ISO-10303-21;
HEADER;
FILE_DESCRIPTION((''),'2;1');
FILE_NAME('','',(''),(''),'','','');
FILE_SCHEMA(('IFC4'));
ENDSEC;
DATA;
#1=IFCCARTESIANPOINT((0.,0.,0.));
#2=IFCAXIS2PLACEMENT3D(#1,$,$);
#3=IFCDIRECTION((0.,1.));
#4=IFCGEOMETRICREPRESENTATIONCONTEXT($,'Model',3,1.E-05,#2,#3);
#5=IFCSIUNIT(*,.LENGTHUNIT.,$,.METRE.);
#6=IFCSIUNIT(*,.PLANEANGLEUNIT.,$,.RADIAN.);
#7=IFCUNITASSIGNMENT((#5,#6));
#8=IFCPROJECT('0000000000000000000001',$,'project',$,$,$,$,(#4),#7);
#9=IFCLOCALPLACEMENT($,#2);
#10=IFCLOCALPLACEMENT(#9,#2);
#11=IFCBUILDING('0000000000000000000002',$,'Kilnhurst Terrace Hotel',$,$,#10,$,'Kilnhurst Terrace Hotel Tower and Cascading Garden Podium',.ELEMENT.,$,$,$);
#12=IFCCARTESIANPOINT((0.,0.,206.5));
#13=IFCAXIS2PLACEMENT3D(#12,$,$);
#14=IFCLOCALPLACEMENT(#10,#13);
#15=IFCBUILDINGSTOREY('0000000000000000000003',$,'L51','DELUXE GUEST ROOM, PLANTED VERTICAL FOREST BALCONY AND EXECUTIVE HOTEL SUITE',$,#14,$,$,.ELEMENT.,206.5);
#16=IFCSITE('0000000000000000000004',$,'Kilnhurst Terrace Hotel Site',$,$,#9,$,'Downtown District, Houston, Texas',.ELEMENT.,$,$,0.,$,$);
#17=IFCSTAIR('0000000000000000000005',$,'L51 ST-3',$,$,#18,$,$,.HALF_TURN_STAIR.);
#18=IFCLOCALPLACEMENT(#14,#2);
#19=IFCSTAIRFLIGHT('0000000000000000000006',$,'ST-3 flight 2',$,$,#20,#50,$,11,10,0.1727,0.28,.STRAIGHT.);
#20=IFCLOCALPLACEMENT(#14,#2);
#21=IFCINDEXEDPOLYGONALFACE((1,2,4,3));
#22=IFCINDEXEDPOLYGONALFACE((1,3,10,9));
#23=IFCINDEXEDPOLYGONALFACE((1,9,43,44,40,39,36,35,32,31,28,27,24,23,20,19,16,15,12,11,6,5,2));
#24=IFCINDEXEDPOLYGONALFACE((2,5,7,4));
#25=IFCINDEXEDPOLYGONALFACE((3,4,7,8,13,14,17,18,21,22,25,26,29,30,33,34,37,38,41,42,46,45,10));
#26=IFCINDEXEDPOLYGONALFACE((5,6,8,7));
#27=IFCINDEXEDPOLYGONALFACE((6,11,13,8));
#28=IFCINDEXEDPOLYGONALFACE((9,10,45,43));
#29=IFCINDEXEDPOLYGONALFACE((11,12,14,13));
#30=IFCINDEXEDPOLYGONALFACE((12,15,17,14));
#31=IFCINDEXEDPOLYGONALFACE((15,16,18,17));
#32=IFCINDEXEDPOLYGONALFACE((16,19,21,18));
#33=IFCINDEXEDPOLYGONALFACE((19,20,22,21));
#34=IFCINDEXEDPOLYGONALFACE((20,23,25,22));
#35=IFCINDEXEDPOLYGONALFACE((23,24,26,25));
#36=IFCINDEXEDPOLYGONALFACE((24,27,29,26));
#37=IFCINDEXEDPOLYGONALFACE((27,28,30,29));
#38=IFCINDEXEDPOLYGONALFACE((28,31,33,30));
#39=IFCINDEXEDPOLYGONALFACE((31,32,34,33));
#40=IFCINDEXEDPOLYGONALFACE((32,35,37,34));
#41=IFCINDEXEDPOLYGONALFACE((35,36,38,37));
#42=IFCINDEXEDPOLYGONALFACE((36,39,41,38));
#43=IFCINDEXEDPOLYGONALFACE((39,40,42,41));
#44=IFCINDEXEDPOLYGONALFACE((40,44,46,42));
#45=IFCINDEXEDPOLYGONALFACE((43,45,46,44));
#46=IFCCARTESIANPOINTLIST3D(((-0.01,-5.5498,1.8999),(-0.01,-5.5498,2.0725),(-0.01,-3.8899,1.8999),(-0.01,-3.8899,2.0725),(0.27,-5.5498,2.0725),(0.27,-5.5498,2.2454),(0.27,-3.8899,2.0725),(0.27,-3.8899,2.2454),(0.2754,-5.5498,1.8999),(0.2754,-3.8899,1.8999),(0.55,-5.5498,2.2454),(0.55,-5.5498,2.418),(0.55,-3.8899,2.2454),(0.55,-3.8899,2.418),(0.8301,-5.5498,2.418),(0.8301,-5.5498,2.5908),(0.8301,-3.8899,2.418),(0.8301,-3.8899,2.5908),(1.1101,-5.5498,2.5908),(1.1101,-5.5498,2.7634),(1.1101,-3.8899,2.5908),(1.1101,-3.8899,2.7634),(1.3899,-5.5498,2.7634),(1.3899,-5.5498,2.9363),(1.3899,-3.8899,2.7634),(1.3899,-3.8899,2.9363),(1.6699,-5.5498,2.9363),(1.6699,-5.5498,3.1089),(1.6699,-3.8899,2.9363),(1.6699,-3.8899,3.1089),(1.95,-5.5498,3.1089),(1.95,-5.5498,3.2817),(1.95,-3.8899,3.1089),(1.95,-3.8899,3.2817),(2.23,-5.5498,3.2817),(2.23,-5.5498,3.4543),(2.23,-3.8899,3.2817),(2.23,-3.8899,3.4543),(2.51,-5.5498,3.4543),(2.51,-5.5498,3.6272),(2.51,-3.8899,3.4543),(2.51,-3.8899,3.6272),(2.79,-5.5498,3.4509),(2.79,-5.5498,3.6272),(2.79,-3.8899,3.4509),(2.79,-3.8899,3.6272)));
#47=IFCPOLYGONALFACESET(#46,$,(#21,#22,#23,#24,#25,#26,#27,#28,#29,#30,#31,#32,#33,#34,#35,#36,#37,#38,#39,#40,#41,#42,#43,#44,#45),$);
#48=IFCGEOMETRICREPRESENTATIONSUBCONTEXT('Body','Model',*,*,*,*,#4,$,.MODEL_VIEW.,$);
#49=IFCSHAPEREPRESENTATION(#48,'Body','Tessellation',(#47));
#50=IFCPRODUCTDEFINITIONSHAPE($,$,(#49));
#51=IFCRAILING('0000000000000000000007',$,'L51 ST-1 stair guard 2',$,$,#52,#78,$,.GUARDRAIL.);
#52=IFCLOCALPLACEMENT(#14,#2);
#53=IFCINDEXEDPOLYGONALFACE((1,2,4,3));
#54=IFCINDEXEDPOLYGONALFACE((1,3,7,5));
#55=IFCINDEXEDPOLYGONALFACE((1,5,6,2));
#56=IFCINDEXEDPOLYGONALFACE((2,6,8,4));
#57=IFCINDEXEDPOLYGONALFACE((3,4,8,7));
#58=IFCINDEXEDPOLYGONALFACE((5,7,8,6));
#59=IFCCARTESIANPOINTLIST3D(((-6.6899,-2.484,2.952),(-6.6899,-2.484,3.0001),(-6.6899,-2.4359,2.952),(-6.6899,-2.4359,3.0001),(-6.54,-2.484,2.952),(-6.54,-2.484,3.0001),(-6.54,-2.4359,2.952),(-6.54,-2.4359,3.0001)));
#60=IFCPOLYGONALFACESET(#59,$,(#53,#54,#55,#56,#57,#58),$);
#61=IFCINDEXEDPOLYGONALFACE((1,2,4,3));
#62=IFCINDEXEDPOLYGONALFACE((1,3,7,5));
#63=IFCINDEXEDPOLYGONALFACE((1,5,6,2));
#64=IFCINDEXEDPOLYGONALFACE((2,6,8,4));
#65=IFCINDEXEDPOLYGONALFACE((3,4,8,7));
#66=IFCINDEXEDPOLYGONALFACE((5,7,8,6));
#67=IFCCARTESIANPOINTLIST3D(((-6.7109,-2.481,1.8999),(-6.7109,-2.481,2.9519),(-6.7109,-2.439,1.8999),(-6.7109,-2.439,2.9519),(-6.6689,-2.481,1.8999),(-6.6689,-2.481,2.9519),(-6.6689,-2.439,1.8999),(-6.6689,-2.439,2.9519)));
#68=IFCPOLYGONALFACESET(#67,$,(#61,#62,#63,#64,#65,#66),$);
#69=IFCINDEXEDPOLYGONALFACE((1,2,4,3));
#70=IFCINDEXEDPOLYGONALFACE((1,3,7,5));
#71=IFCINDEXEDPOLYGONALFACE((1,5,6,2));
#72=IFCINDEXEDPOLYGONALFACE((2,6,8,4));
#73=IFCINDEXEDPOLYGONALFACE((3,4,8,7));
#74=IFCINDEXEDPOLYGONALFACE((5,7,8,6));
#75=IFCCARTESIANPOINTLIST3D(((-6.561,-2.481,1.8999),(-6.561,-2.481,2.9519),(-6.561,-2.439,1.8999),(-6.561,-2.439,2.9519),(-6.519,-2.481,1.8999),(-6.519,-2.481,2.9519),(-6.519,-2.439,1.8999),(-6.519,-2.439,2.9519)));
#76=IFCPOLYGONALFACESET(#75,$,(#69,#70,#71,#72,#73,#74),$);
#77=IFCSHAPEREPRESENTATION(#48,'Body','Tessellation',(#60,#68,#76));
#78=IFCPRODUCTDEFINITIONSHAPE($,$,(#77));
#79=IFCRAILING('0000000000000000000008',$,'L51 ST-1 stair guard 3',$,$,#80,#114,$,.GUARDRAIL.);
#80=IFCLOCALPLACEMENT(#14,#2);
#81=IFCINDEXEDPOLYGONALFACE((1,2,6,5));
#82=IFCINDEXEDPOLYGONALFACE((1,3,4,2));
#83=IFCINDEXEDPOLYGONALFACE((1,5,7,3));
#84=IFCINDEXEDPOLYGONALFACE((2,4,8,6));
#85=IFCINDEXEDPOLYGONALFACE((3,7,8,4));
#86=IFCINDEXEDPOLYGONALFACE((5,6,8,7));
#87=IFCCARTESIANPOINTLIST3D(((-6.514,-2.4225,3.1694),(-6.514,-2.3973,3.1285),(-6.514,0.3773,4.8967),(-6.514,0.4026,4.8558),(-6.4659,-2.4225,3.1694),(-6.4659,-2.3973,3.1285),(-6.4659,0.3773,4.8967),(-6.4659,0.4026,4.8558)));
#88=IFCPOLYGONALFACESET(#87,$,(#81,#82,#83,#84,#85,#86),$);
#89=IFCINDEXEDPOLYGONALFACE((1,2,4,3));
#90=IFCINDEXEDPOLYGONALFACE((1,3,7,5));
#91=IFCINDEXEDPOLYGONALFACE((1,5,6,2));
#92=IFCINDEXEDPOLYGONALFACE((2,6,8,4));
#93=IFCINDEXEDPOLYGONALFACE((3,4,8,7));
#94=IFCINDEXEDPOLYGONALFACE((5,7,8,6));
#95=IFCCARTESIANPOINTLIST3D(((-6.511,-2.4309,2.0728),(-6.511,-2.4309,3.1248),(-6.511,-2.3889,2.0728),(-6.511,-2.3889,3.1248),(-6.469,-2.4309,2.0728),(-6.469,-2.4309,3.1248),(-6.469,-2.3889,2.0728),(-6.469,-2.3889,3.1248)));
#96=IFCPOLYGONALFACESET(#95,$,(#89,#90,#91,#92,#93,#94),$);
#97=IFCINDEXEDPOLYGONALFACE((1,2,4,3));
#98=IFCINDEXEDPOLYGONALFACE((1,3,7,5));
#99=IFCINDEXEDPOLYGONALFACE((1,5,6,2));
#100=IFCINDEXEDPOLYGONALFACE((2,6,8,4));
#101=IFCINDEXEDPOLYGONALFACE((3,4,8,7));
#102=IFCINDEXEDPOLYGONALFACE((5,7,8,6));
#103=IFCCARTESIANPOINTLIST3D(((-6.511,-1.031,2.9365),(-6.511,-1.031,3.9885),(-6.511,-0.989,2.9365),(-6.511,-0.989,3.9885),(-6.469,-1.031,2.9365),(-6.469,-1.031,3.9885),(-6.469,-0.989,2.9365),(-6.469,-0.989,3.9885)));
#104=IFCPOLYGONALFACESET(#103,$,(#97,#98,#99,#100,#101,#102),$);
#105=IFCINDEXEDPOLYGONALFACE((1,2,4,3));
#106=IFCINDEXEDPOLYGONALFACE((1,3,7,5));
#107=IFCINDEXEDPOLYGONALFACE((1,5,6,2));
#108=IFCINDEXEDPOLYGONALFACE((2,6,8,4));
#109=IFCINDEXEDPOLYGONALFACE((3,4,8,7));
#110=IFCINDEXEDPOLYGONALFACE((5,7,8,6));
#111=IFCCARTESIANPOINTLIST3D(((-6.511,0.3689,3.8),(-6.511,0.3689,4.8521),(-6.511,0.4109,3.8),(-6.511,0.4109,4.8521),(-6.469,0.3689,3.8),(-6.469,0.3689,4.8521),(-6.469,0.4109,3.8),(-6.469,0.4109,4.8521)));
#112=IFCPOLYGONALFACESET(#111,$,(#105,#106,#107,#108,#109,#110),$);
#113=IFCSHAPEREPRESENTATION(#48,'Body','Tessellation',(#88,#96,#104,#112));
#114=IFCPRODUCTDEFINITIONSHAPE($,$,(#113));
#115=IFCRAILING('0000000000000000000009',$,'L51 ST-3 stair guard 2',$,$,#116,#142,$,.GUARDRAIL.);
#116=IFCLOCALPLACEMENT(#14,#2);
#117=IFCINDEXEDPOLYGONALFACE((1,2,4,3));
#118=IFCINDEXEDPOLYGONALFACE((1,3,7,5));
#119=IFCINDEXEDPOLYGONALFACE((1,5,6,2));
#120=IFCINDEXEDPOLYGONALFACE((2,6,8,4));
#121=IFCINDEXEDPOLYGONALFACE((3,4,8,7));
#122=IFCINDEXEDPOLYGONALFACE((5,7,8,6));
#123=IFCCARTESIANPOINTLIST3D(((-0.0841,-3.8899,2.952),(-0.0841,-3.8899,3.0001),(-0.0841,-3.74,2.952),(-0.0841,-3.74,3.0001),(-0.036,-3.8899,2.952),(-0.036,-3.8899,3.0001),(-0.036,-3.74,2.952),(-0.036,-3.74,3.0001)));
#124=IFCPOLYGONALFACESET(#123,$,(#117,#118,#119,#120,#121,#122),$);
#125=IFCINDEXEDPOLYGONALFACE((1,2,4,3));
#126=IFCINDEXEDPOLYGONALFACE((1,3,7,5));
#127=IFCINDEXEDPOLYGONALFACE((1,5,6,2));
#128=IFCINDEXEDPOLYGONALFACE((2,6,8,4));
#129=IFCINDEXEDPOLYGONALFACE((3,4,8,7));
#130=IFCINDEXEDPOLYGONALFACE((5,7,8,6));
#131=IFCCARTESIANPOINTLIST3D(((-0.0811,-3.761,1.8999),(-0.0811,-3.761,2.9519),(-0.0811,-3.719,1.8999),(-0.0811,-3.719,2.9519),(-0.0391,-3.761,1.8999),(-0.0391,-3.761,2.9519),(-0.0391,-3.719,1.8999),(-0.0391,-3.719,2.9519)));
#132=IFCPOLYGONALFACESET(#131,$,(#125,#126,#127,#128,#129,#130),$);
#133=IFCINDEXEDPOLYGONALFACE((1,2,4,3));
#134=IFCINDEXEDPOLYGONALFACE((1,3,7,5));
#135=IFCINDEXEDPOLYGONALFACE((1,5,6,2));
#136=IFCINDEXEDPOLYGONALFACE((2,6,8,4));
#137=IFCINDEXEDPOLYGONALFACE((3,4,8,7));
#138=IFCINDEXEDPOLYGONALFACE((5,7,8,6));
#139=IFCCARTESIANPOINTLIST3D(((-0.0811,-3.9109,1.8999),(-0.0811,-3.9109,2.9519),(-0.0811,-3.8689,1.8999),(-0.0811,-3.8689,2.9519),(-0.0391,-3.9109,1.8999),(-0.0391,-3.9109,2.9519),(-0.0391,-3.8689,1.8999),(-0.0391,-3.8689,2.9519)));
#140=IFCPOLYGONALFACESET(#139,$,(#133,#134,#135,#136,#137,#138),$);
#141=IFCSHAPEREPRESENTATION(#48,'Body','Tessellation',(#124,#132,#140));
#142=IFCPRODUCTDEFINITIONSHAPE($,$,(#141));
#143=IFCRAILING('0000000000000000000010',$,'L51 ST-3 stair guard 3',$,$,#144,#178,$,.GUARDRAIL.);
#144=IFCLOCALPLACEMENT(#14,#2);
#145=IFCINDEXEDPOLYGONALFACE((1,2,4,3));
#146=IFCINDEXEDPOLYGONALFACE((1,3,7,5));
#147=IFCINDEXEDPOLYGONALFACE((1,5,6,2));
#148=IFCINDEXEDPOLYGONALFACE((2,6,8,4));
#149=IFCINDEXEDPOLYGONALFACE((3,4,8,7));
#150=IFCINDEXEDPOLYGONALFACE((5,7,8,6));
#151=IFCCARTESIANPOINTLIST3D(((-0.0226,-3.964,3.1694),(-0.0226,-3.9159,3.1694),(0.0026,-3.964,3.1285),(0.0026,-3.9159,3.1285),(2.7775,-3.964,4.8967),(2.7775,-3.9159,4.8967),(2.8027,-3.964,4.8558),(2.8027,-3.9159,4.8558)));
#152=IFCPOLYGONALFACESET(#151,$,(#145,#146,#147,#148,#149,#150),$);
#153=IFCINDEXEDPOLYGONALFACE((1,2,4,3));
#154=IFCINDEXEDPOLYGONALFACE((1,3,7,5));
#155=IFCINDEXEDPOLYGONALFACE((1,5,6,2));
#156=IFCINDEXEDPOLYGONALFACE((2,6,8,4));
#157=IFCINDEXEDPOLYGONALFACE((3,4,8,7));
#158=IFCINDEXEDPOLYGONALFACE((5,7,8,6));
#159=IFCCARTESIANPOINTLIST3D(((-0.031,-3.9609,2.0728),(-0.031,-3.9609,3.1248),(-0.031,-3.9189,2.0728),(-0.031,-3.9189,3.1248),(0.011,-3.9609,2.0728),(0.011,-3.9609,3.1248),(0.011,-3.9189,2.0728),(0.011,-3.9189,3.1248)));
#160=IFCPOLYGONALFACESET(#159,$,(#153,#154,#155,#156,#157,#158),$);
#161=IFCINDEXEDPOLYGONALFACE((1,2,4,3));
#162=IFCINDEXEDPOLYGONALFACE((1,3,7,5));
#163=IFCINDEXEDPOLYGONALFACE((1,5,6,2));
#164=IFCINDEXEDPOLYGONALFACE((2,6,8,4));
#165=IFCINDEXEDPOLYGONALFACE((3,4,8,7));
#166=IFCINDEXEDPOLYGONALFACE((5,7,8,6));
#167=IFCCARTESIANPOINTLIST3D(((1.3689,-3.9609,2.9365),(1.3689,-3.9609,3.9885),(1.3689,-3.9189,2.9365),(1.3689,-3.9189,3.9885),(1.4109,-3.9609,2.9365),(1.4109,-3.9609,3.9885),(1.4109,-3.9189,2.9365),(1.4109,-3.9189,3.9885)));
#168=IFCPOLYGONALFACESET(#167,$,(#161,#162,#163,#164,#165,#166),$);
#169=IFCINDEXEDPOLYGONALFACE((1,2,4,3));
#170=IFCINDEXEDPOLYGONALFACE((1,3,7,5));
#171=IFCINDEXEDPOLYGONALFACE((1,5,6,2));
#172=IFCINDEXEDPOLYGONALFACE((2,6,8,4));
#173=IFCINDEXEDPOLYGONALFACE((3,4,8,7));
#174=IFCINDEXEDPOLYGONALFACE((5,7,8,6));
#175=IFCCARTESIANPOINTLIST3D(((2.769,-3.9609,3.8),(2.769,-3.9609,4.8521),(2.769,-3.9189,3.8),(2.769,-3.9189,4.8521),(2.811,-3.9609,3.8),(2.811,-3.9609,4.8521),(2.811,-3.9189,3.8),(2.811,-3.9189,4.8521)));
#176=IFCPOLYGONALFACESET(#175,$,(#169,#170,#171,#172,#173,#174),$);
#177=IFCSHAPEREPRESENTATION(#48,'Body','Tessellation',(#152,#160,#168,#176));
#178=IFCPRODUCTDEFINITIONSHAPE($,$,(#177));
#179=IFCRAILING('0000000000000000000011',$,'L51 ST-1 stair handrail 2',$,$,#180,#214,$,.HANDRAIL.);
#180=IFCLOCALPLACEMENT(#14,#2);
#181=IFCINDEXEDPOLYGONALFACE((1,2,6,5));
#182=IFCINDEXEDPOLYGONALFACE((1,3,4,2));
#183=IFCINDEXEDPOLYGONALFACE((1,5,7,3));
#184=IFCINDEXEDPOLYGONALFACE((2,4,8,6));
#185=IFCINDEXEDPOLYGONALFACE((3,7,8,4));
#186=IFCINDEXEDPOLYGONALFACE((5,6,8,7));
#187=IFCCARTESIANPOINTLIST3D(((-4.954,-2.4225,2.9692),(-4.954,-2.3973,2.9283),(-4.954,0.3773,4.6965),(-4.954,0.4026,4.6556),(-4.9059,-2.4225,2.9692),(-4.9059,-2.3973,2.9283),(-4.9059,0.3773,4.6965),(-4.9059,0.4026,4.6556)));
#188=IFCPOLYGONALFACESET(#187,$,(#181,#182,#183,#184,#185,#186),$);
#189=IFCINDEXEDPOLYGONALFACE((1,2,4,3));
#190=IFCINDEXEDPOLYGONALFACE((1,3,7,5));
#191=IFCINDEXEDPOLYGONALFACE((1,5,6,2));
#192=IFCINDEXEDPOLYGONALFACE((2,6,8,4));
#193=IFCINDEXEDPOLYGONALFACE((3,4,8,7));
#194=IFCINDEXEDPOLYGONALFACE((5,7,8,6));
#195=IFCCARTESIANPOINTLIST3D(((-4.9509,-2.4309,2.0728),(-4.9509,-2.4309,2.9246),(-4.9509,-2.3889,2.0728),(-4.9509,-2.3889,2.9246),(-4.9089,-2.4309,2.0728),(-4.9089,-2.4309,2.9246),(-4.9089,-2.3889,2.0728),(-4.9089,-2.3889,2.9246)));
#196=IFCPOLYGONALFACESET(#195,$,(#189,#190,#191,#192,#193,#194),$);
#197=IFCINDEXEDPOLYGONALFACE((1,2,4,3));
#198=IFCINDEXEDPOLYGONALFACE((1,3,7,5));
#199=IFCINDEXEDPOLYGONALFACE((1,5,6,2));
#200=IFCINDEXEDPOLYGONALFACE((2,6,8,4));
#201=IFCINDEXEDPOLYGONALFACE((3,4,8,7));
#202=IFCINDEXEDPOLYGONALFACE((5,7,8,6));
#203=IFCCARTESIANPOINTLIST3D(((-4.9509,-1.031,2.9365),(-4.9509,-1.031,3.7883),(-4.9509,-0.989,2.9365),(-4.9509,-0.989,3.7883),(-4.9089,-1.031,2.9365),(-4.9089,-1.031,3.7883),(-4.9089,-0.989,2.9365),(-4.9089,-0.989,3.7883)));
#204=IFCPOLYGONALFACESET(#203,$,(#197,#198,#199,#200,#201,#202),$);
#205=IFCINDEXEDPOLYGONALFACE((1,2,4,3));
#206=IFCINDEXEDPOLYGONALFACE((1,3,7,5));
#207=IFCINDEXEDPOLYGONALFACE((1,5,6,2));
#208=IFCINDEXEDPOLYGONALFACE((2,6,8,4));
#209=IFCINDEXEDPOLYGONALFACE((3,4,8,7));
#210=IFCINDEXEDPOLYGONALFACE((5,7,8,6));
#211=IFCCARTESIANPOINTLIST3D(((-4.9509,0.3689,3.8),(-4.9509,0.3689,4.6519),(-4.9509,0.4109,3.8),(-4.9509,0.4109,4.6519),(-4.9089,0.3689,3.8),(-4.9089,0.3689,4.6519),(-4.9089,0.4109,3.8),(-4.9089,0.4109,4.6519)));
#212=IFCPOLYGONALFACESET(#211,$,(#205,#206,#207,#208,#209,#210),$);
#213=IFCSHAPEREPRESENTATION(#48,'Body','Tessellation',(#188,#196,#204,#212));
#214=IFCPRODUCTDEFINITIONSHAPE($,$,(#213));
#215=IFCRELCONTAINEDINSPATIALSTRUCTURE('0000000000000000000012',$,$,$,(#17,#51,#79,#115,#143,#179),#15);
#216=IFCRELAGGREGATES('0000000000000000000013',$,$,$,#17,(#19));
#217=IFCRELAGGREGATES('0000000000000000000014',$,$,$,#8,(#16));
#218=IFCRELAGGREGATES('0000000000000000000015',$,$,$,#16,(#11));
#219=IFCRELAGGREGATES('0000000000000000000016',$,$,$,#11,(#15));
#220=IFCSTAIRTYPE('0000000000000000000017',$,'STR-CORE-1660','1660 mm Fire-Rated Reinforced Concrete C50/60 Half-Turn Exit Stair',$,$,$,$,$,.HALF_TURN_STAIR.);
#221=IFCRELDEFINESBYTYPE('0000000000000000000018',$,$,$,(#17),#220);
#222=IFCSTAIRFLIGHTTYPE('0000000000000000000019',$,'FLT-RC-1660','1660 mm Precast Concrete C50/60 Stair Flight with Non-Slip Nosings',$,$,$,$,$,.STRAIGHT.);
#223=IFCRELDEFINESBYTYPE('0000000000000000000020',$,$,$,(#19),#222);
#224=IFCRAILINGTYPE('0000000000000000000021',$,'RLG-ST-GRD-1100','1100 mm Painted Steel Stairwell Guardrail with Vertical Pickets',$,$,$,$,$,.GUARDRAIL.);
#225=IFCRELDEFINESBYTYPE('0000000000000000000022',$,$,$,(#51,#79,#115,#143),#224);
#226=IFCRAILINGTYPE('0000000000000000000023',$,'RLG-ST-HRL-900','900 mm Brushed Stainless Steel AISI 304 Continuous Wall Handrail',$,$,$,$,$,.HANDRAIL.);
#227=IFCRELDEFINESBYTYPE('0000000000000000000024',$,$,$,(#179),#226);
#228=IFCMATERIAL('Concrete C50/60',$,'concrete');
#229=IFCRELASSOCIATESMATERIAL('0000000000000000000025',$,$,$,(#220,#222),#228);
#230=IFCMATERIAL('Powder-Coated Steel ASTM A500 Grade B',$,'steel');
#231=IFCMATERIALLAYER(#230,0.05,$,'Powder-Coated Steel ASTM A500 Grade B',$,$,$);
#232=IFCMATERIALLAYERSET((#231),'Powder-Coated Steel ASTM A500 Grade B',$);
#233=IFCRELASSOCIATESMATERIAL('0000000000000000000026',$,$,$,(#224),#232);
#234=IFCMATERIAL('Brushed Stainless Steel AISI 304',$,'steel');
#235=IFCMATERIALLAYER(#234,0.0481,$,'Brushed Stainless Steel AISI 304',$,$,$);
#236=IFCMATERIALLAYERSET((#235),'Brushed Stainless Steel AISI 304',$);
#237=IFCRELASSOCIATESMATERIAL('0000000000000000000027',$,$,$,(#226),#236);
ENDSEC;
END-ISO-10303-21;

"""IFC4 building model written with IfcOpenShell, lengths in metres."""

from ifc_helpers import new_model, si_unit, direction, frame, origin, origin_2d, place, context, subcontext, project, spatial, polyline, rectangle, outline, extrude, material, layer, layer_set, type_object, element, aggregate, save


model = new_model("IFC4")

# Units and contexts
model_context = context("Model", 3, precision=1e-05, world=origin(), true_north=direction((0.0, 1.0)))
body_context = subcontext(model_context, "Body", "Model", "MODEL_VIEW")
ifc_project = project(units=[si_unit("LENGTHUNIT", "METRE"), si_unit("PLANEANGLEUNIT", "RADIAN")], contexts=[model_context])

# Site, building, storey
site_placement = place(None, origin())
site = spatial("IfcSite", under=ifc_project, at=site_placement, Name="Kilnhurst Terrace Hotel Site", LongName="Downtown District, Houston, Texas", CompositionType="ELEMENT", RefElevation=0.0)
building_placement = place(site_placement, origin())
building = spatial("IfcBuilding", under=site, at=building_placement, Name="Kilnhurst Terrace Hotel", LongName="Kilnhurst Terrace Hotel Tower and Cascading Garden Podium", CompositionType="ELEMENT")
storey_placement = place(building_placement, frame((0.0, 0.0, 206.5)))
storey = spatial("IfcBuildingStorey", under=building, at=storey_placement, Name="L51", Description="DELUXE GUEST ROOM, PLANTED VERTICAL FOREST BALCONY AND EXECUTIVE HOTEL SUITE", CompositionType="ELEMENT", Elevation=206.5)

# Shared definitions
ifc_material_1 = material(Name="Concrete C50/60", Category="concrete")

# Stair, stair flight
stair_type = type_object("IfcStairType", Name="STR-CORE-1660", Description="1660 mm Fire-Rated Reinforced Concrete C50/60 Half-Turn Exit Stair", PredefinedType="HALF_TURN_STAIR", material=ifc_material_1)
stair_flight_type = type_object("IfcStairFlightType", Name="FLT-RC-1660", Description="1660 mm Precast Concrete C50/60 Stair Flight with Non-Slip Nosings", PredefinedType="STRAIGHT", material=ifc_material_1)
stair_1_placement = place(storey_placement, origin())
stair_1 = element("IfcStair", 1, at=stair_1_placement, inside=storey, type_object=stair_type, Name="L51 ST-3", PredefinedType="HALF_TURN_STAIR")
stair_flight_1_placement = place(storey_placement, frame((-0.01, -4.72, 1.8999), z_axis=(0.0, 0.0, 1.0), x_axis=(1.0, 0.0, 0.0)))
stair_flight_1 = element("IfcStairFlight", 2, at=stair_flight_1_placement, type_object=stair_flight_type, Name="ST-3 flight 2", NumberOfRisers=11, NumberOfTreads=10, PredefinedType="STRAIGHT", RiserHeight=0.1727, TreadLength=0.28, context=body_context, shape_type="SweptSolid", body=[
    extrude(outline(polyline([(0.0, 0.0), (0.0, 0.1726), (0.28, 0.1726), (0.28, 0.3455), (0.5601, 0.3455), (0.5601, 0.5181), (0.8401, 0.5181), (0.8401, 0.6909), (1.1201, 0.6909), (1.1201, 0.8635), (1.3999, 0.8635), (1.3999, 1.0364), (1.6799, 1.0364), (1.6799, 1.209), (1.96, 1.209), (1.96, 1.3818), (2.24, 1.3818), (2.24, 1.5544), (2.52, 1.5544), (2.52, 1.7273), (2.8, 1.7273), (2.8, 1.8999), (2.8, 1.551), (0.2854, 0.0), (0.0, 0.0)])), frame((0.0, 0.8301, 0.0), z_axis=(0.0, -1.0, 0.0), x_axis=(1.0, 0.0, 0.0)), (0.0, 0.0, 1.0), 1.6599),
])
aggregate(stair_1, [stair_flight_1])

# Railings
ifc_material_2 = material(Name="Powder-Coated Steel ASTM A500 Grade B", Category="steel")
ifc_layer_1 = layer(ifc_material_2, 0.05, Name="Powder-Coated Steel ASTM A500 Grade B")
ifc_layer_set_1 = layer_set([ifc_layer_1], Name="Powder-Coated Steel ASTM A500 Grade B")
railing_type_1 = type_object("IfcRailingType", Name="RLG-ST-GRD-1100", Description="1100 mm Painted Steel Stairwell Guardrail with Vertical Pickets", PredefinedType="GUARDRAIL", material=ifc_layer_set_1)
railing_1_placement = place(storey_placement, frame((-6.6899, -2.46, 1.8999)))
element("IfcRailing", 3, at=railing_1_placement, inside=storey, type_object=railing_type_1, Name="L51 ST-1 stair guard 2", PredefinedType="GUARDRAIL", context=body_context, shape_type="SweptSolid", body=[
    extrude(rectangle(XDim=0.0481, YDim=0.0481, at=origin_2d()), frame((0.0, 0.0, 1.0762), z_axis=(1.0, 0.0, 0.0), x_axis=(0.0, 1.0, 0.0)), (0.0, 0.0, 1.0), 0.1499),
    extrude(rectangle(XDim=0.042, YDim=0.042, at=origin_2d()), origin(), (0.0, 0.0, 1.0), 1.052),
    extrude(rectangle(XDim=0.042, YDim=0.042, at=origin_2d()), frame((0.1499, 0.0, 0.0)), (0.0, 0.0, 1.0), 1.052),
])
railing_2_placement = place(storey_placement, frame((-6.49, -2.4099, 2.0728)))
element("IfcRailing", 4, at=railing_2_placement, inside=storey, type_object=railing_type_1, Name="L51 ST-1 stair guard 3", PredefinedType="GUARDRAIL", context=body_context, shape_type="SweptSolid", body=[
    extrude(rectangle(XDim=0.0481, YDim=0.0481, at=origin_2d()), frame((0.0, 0.0, 1.0762), z_axis=(0.0, 0.851069, 0.525054), x_axis=(-1.0, 0.0, 0.0)), (0.0, 0.0, 1.0), 3.2898),
    extrude(rectangle(XDim=0.042, YDim=0.042, at=origin_2d()), origin(), (0.0, 0.0, 1.0), 1.052),
    extrude(rectangle(XDim=0.042, YDim=0.042, at=origin_2d()), frame((0.0, 1.3999, 0.8638)), (0.0, 0.0, 1.0), 1.052),
    extrude(rectangle(XDim=0.042, YDim=0.042, at=origin_2d()), frame((0.0, 2.7998, 1.7273)), (0.0, 0.0, 1.0), 1.052),
])
railing_3_placement = place(storey_placement, frame((-0.0601, -3.74, 1.8999)))
element("IfcRailing", 5, at=railing_3_placement, inside=storey, type_object=railing_type_1, Name="L51 ST-3 stair guard 2", PredefinedType="GUARDRAIL", context=body_context, shape_type="SweptSolid", body=[
    extrude(rectangle(XDim=0.0481, YDim=0.0481, at=origin_2d()), frame((0.0, 0.0, 1.0762), z_axis=(0.0, -1.0, 0.0), x_axis=(1.0, 0.0, 0.0)), (0.0, 0.0, 1.0), 0.1499),
    extrude(rectangle(XDim=0.042, YDim=0.042, at=origin_2d()), origin(), (0.0, 0.0, 1.0), 1.052),
    extrude(rectangle(XDim=0.042, YDim=0.042, at=origin_2d()), frame((0.0, -0.1499, 0.0)), (0.0, 0.0, 1.0), 1.052),
])
railing_4_placement = place(storey_placement, frame((-0.01, -3.9399, 2.0728)))
element("IfcRailing", 6, at=railing_4_placement, inside=storey, type_object=railing_type_1, Name="L51 ST-3 stair guard 3", PredefinedType="GUARDRAIL", context=body_context, shape_type="SweptSolid", body=[
    extrude(rectangle(XDim=0.0481, YDim=0.0481, at=origin_2d()), frame((0.0, 0.0, 1.0762), z_axis=(0.85109, 0.0, 0.52502), x_axis=(0.0, 1.0, 0.0)), (0.0, 0.0, 1.0), 3.29),
    extrude(rectangle(XDim=0.042, YDim=0.042, at=origin_2d()), origin(), (0.0, 0.0, 1.0), 1.052),
    extrude(rectangle(XDim=0.042, YDim=0.042, at=origin_2d()), frame((1.3999, 0.0, 0.8638)), (0.0, 0.0, 1.0), 1.052),
    extrude(rectangle(XDim=0.042, YDim=0.042, at=origin_2d()), frame((2.8, 0.0, 1.7273)), (0.0, 0.0, 1.0), 1.052),
])
ifc_material_3 = material(Name="Brushed Stainless Steel AISI 304", Category="steel")
ifc_layer_2 = layer(ifc_material_3, 0.0481, Name="Brushed Stainless Steel AISI 304")
ifc_layer_set_2 = layer_set([ifc_layer_2], Name="Brushed Stainless Steel AISI 304")
railing_type_2 = type_object("IfcRailingType", Name="RLG-ST-HRL-900", Description="900 mm Brushed Stainless Steel AISI 304 Continuous Wall Handrail", PredefinedType="HANDRAIL", material=ifc_layer_set_2)
railing_5_placement = place(storey_placement, frame((-4.9299, -2.4099, 2.0728)))
element("IfcRailing", 7, at=railing_5_placement, inside=storey, type_object=railing_type_2, Name="L51 ST-1 stair handrail 2", PredefinedType="HANDRAIL", context=body_context, shape_type="SweptSolid", body=[
    extrude(rectangle(XDim=0.0481, YDim=0.0481, at=origin_2d()), frame((0.0, 0.0, 0.876), z_axis=(0.0, 0.851069, 0.525054), x_axis=(-1.0, 0.0, 0.0)), (0.0, 0.0, 1.0), 3.2898),
    extrude(rectangle(XDim=0.042, YDim=0.042, at=origin_2d()), origin(), (0.0, 0.0, 1.0), 0.8518),
    extrude(rectangle(XDim=0.042, YDim=0.042, at=origin_2d()), frame((0.0, 1.3999, 0.8638)), (0.0, 0.0, 1.0), 0.8518),
    extrude(rectangle(XDim=0.042, YDim=0.042, at=origin_2d()), frame((0.0, 2.7998, 1.7273)), (0.0, 0.0, 1.0), 0.8518),
])

save(model, "model.ifc")
